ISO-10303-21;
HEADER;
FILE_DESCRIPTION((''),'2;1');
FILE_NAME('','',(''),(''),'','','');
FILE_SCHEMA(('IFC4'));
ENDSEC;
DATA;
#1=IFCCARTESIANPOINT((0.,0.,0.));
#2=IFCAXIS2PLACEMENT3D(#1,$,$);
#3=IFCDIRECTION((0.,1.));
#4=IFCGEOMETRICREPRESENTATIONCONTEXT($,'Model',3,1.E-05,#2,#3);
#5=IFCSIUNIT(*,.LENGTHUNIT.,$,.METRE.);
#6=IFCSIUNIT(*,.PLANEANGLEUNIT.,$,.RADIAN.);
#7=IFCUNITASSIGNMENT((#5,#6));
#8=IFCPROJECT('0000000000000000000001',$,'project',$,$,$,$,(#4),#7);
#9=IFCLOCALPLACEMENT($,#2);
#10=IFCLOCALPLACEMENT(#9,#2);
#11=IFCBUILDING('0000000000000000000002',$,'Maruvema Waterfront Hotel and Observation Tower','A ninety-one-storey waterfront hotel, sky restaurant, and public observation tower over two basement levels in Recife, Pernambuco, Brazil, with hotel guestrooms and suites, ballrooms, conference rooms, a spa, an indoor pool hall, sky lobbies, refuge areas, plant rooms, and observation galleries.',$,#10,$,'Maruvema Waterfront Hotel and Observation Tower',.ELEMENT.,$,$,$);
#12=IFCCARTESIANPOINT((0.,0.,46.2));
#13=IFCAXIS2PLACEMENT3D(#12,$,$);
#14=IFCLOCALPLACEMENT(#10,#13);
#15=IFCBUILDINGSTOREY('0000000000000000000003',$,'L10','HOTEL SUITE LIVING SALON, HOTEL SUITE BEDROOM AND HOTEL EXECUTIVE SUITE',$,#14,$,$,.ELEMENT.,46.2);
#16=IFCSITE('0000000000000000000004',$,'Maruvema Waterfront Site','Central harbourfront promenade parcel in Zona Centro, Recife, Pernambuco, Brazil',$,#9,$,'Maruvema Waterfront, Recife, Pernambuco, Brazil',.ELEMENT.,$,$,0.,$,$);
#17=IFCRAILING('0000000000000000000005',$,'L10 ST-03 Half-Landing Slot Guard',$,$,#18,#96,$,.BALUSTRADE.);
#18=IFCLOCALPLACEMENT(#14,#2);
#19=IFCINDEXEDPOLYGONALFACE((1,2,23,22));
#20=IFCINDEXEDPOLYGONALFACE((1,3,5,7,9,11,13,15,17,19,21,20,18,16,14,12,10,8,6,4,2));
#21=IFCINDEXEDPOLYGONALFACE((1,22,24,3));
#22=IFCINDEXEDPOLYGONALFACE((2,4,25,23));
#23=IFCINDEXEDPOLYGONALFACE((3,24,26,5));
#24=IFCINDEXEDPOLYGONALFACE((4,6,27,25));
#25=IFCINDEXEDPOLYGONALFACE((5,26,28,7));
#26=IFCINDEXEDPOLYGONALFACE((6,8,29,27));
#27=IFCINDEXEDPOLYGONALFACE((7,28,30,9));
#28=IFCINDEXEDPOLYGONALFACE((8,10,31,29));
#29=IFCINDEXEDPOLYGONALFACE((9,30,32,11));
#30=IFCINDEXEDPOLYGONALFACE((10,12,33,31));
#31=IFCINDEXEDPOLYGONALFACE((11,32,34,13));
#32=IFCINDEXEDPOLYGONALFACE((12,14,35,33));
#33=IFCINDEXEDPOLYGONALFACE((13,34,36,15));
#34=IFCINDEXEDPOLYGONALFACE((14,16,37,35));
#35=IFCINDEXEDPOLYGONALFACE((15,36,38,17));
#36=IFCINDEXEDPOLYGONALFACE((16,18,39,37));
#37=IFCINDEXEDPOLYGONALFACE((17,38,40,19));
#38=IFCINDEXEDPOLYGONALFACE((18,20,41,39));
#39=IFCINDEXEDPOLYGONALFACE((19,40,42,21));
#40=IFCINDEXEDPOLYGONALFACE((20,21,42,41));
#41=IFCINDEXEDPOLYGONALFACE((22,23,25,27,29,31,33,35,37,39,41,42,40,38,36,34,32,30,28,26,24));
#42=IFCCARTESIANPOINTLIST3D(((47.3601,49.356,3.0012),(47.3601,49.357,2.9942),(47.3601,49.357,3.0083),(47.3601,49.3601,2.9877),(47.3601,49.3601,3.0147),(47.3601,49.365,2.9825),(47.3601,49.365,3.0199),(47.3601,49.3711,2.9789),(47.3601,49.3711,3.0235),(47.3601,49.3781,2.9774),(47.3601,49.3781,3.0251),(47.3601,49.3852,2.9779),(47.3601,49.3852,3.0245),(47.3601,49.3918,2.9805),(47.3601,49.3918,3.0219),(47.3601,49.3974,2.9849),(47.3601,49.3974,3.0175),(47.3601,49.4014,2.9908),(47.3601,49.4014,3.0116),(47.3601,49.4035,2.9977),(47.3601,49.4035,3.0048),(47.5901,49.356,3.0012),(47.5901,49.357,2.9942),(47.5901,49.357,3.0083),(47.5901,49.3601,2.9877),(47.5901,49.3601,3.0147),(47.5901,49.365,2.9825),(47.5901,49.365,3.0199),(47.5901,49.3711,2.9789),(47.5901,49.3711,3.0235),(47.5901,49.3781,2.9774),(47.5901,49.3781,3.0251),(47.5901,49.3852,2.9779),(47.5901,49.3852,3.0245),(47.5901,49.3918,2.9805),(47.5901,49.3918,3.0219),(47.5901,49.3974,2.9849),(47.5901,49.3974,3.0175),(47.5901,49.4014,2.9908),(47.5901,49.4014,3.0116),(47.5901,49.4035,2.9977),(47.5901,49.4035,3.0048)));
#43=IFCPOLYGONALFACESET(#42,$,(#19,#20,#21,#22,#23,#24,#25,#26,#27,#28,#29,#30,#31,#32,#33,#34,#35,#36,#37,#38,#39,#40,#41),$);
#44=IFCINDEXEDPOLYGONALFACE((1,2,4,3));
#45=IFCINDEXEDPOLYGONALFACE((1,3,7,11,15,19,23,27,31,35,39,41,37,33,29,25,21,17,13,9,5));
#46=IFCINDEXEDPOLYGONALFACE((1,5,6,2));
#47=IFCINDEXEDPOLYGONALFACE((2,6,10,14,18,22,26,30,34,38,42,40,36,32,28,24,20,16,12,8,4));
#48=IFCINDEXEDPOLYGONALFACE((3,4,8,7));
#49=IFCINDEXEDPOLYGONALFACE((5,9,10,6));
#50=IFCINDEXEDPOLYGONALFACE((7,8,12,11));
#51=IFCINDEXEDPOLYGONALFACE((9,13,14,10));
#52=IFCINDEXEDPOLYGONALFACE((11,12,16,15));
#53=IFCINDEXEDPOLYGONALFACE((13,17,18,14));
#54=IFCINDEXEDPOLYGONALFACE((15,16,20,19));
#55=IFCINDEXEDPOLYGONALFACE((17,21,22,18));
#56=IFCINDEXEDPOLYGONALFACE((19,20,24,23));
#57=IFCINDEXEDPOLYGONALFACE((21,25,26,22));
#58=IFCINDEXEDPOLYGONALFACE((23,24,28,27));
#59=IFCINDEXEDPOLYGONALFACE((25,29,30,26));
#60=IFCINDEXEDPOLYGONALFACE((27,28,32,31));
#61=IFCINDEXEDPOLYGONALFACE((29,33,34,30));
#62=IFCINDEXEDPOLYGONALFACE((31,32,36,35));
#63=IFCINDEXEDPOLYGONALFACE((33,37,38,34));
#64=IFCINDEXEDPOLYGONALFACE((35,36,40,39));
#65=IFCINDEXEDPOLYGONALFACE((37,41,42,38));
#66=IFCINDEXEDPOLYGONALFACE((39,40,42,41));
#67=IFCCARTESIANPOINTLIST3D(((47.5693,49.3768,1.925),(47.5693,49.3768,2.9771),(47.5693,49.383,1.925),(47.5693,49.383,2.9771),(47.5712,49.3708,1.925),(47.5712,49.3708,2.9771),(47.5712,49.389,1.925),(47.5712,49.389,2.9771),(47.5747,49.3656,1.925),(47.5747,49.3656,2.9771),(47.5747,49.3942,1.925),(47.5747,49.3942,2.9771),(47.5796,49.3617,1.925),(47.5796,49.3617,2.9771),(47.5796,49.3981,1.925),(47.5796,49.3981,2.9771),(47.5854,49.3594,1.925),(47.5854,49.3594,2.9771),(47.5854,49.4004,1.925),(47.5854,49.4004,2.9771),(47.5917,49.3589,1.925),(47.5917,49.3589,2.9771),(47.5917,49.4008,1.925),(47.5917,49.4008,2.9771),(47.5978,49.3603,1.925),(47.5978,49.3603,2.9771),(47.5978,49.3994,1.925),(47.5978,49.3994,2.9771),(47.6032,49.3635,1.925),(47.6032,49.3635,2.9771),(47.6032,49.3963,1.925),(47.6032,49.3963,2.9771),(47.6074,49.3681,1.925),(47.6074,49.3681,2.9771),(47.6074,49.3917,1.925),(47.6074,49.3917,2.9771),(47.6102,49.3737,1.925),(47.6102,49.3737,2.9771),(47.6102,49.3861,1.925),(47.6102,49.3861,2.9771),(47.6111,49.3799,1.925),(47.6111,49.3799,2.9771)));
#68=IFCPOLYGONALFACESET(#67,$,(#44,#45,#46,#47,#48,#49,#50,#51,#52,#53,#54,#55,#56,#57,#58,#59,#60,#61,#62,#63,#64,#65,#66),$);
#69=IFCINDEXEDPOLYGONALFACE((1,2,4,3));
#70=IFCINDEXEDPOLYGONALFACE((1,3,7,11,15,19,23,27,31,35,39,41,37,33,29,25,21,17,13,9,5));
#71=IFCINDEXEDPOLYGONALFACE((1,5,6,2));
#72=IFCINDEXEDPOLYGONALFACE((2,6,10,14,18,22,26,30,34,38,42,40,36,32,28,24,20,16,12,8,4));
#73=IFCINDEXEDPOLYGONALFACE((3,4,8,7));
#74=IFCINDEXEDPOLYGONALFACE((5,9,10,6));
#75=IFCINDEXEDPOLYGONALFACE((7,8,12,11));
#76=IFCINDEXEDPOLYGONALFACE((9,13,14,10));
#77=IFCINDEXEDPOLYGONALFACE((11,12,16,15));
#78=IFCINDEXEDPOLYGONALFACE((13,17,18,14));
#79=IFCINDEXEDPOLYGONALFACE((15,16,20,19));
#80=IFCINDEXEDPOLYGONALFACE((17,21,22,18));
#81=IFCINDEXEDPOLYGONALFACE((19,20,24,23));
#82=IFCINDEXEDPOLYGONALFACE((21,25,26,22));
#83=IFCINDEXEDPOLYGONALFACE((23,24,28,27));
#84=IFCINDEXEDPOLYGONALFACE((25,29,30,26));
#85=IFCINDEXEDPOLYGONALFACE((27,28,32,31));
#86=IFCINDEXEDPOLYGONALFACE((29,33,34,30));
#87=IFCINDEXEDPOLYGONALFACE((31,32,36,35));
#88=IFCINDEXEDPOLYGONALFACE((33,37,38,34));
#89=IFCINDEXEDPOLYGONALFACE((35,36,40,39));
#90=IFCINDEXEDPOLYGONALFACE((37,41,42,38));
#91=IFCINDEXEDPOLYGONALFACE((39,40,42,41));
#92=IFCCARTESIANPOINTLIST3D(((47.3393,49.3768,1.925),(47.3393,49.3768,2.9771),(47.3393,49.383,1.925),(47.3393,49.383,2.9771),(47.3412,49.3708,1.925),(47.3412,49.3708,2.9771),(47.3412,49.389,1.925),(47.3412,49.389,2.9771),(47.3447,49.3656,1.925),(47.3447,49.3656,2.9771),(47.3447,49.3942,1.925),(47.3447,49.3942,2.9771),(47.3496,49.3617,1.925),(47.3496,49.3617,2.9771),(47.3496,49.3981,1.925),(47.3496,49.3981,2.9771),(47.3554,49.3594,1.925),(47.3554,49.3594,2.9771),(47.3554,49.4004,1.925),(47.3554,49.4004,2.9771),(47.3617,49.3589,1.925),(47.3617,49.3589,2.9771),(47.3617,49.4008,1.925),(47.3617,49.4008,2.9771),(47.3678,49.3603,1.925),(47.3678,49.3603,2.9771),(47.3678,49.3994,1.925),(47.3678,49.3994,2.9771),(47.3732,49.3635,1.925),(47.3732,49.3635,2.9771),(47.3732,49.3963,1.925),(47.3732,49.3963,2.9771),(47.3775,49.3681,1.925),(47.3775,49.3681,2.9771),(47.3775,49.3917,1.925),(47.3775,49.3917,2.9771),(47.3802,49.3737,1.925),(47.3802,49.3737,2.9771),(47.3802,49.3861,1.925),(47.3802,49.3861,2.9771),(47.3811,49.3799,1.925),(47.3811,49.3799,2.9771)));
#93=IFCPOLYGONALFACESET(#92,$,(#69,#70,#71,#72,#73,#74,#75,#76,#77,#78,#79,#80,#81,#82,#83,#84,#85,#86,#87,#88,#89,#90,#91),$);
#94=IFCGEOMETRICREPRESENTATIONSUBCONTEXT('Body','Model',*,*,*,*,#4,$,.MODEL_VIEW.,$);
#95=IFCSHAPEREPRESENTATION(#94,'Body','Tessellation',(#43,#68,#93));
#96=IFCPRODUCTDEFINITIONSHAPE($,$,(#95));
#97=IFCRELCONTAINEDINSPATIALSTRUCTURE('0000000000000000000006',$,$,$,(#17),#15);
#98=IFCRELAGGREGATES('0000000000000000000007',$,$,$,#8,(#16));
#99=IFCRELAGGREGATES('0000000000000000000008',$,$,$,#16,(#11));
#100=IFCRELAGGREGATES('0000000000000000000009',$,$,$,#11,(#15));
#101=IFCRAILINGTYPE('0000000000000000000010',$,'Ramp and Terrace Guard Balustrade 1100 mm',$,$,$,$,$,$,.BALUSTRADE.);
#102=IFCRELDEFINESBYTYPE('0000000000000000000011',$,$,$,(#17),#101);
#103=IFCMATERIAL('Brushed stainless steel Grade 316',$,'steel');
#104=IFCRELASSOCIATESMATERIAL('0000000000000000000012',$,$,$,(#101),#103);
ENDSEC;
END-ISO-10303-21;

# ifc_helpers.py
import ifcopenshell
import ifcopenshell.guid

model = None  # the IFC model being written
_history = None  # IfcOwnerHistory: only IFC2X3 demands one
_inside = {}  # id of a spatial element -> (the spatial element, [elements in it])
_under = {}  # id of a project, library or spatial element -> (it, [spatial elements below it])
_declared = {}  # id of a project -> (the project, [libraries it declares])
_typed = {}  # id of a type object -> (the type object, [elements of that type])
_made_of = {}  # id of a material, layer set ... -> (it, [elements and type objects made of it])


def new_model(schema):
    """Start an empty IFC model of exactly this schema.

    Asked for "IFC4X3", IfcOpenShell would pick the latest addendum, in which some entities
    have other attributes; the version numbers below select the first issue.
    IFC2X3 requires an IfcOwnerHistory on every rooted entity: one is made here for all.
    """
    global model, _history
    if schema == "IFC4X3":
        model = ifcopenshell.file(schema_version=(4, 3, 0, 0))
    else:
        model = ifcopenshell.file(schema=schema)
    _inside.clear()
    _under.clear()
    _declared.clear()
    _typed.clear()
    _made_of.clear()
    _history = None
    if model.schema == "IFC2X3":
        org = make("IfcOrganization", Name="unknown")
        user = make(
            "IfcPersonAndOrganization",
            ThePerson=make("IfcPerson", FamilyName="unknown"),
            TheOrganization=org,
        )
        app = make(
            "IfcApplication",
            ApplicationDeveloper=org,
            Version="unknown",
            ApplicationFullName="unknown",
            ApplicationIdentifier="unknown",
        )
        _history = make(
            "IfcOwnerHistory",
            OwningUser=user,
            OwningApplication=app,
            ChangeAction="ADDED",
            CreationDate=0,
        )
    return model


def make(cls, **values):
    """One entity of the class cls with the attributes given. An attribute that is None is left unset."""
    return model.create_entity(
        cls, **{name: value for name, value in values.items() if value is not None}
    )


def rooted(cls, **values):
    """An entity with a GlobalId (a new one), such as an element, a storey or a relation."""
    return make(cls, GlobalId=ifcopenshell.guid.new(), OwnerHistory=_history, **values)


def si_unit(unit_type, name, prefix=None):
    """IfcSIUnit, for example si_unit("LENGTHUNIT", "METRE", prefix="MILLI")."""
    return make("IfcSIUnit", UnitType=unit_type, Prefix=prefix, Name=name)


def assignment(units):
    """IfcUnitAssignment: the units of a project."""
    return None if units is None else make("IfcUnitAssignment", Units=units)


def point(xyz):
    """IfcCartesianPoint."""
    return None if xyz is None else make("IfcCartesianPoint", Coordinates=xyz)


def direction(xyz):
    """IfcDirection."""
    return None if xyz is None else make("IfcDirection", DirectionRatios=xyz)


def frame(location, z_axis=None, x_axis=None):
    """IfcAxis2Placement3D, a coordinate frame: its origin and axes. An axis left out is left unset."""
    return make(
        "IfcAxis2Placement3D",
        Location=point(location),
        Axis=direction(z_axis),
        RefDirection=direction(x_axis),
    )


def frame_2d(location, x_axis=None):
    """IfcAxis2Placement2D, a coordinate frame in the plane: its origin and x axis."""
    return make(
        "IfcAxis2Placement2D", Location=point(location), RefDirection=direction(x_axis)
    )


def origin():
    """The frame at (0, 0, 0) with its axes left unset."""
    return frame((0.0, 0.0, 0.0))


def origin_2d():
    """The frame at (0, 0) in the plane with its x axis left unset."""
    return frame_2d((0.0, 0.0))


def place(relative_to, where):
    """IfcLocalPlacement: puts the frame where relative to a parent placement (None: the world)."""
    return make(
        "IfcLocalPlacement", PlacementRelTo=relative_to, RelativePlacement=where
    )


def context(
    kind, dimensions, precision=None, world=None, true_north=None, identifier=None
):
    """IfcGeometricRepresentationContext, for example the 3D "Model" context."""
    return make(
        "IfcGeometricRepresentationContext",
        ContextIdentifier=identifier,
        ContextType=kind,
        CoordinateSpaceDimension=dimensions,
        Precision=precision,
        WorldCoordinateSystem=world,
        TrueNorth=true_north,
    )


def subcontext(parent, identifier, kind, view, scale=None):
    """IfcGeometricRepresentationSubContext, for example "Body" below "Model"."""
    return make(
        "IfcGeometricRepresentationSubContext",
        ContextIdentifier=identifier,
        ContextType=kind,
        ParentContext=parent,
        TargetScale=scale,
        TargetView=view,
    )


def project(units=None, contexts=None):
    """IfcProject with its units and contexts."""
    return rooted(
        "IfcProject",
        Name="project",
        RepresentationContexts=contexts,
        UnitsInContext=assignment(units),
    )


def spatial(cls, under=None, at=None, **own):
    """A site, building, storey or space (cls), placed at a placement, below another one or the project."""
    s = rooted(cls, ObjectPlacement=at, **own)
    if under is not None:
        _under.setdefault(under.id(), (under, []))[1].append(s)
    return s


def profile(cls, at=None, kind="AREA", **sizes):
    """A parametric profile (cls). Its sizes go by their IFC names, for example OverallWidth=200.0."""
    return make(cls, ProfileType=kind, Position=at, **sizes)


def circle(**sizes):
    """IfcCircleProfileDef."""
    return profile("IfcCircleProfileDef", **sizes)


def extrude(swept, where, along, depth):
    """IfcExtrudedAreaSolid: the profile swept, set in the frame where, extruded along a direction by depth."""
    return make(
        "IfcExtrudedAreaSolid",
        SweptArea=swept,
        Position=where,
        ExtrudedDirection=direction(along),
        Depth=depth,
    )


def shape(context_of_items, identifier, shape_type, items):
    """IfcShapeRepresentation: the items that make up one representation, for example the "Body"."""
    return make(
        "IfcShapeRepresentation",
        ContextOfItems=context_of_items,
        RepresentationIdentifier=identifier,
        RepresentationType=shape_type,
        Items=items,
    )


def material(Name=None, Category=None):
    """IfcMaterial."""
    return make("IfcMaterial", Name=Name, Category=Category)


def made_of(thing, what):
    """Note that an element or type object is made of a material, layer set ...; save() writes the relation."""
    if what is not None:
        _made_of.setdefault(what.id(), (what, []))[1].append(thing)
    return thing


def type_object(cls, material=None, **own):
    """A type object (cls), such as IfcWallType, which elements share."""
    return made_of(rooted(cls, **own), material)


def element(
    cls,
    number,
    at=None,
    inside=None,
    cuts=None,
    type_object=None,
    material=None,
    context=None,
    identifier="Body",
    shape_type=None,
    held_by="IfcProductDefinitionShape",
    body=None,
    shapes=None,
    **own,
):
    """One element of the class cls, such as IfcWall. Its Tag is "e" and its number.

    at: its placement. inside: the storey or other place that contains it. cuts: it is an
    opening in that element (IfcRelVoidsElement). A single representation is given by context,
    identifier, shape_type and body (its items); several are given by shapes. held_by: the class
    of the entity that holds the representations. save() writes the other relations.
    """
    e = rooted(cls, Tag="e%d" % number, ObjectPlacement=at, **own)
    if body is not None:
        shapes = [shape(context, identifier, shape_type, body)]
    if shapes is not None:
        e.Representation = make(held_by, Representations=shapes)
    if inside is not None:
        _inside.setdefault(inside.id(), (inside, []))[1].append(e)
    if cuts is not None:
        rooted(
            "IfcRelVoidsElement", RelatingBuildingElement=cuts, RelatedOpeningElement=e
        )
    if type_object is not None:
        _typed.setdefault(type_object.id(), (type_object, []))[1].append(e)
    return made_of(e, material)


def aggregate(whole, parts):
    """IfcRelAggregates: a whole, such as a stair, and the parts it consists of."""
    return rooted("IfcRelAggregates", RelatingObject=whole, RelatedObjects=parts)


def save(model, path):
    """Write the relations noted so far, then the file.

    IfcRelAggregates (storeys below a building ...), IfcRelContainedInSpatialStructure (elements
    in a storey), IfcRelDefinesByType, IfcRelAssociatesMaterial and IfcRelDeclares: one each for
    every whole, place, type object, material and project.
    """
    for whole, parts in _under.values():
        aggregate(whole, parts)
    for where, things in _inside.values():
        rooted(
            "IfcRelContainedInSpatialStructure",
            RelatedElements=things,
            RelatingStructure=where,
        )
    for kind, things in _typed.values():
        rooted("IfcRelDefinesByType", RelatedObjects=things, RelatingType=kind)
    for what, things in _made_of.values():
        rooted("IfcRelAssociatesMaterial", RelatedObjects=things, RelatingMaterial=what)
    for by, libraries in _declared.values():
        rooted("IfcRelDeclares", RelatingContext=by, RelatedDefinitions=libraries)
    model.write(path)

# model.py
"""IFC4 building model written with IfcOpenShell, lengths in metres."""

from ifc_helpers import new_model, si_unit, direction, frame, origin, origin_2d, place, context, subcontext, project, spatial, circle, extrude, material, type_object, element, save


model = new_model("IFC4")

# Units and contexts
model_context = context("Model", 3, precision=1e-05, world=origin(), true_north=direction((0.0, 1.0)))
body_context = subcontext(model_context, "Body", "Model", "MODEL_VIEW")
ifc_project = project(units=[si_unit("LENGTHUNIT", "METRE"), si_unit("PLANEANGLEUNIT", "RADIAN")], contexts=[model_context])

# Site, building, storey
site_placement = place(None, origin())
site = spatial("IfcSite", under=ifc_project, at=site_placement, Name="Maruvema Waterfront Site", Description="Central harbourfront promenade parcel in Zona Centro, Recife, Pernambuco, Brazil", LongName="Maruvema Waterfront, Recife, Pernambuco, Brazil", CompositionType="ELEMENT", RefElevation=0.0)
building_placement = place(site_placement, origin())
building = spatial("IfcBuilding", under=site, at=building_placement, Name="Maruvema Waterfront Hotel and Observation Tower", Description="A ninety-one-storey waterfront hotel, sky restaurant, and public observation tower over two basement levels in Recife, Pernambuco, Brazil, with hotel guestrooms and suites, ballrooms, conference rooms, a spa, an indoor pool hall, sky lobbies, refuge areas, plant rooms, and observation galleries.", LongName="Maruvema Waterfront Hotel and Observation Tower", CompositionType="ELEMENT")
storey_placement = place(building_placement, frame((0.0, 0.0, 46.2)))
storey = spatial("IfcBuildingStorey", under=building, at=storey_placement, Name="L10", Description="HOTEL SUITE LIVING SALON, HOTEL SUITE BEDROOM AND HOTEL EXECUTIVE SUITE", CompositionType="ELEMENT", Elevation=46.2)

# Railing
ifc_material_1 = material(Name="Brushed stainless steel Grade 316", Category="steel")
railing_type_1 = type_object("IfcRailingType", Name="Ramp and Terrace Guard Balustrade 1100 mm", PredefinedType="BALUSTRADE", material=ifc_material_1)
railing_1_placement = place(storey_placement, frame((47.5901, 49.3799, 1.925)))
element("IfcRailing", 1, at=railing_1_placement, inside=storey, type_object=railing_type_1, Name="L10 ST-03 Half-Landing Slot Guard", PredefinedType="BALUSTRADE", context=body_context, shape_type="SweptSolid", body=[
    extrude(circle(Radius=0.0239, at=origin_2d()), frame((0.0, 0.0, 1.0762), z_axis=(-1.0, 0.0, 0.0), x_axis=(0.0, -1.0, 0.0)), (0.0, 0.0, 1.0), 0.23),
    extrude(circle(Radius=0.021, at=origin_2d()), origin(), (0.0, 0.0, 1.0), 1.052),
    extrude(circle(Radius=0.021, at=origin_2d()), frame((-0.23, 0.0, 0.0)), (0.0, 0.0, 1.0), 1.052),
])

save(model, "model.ifc")
